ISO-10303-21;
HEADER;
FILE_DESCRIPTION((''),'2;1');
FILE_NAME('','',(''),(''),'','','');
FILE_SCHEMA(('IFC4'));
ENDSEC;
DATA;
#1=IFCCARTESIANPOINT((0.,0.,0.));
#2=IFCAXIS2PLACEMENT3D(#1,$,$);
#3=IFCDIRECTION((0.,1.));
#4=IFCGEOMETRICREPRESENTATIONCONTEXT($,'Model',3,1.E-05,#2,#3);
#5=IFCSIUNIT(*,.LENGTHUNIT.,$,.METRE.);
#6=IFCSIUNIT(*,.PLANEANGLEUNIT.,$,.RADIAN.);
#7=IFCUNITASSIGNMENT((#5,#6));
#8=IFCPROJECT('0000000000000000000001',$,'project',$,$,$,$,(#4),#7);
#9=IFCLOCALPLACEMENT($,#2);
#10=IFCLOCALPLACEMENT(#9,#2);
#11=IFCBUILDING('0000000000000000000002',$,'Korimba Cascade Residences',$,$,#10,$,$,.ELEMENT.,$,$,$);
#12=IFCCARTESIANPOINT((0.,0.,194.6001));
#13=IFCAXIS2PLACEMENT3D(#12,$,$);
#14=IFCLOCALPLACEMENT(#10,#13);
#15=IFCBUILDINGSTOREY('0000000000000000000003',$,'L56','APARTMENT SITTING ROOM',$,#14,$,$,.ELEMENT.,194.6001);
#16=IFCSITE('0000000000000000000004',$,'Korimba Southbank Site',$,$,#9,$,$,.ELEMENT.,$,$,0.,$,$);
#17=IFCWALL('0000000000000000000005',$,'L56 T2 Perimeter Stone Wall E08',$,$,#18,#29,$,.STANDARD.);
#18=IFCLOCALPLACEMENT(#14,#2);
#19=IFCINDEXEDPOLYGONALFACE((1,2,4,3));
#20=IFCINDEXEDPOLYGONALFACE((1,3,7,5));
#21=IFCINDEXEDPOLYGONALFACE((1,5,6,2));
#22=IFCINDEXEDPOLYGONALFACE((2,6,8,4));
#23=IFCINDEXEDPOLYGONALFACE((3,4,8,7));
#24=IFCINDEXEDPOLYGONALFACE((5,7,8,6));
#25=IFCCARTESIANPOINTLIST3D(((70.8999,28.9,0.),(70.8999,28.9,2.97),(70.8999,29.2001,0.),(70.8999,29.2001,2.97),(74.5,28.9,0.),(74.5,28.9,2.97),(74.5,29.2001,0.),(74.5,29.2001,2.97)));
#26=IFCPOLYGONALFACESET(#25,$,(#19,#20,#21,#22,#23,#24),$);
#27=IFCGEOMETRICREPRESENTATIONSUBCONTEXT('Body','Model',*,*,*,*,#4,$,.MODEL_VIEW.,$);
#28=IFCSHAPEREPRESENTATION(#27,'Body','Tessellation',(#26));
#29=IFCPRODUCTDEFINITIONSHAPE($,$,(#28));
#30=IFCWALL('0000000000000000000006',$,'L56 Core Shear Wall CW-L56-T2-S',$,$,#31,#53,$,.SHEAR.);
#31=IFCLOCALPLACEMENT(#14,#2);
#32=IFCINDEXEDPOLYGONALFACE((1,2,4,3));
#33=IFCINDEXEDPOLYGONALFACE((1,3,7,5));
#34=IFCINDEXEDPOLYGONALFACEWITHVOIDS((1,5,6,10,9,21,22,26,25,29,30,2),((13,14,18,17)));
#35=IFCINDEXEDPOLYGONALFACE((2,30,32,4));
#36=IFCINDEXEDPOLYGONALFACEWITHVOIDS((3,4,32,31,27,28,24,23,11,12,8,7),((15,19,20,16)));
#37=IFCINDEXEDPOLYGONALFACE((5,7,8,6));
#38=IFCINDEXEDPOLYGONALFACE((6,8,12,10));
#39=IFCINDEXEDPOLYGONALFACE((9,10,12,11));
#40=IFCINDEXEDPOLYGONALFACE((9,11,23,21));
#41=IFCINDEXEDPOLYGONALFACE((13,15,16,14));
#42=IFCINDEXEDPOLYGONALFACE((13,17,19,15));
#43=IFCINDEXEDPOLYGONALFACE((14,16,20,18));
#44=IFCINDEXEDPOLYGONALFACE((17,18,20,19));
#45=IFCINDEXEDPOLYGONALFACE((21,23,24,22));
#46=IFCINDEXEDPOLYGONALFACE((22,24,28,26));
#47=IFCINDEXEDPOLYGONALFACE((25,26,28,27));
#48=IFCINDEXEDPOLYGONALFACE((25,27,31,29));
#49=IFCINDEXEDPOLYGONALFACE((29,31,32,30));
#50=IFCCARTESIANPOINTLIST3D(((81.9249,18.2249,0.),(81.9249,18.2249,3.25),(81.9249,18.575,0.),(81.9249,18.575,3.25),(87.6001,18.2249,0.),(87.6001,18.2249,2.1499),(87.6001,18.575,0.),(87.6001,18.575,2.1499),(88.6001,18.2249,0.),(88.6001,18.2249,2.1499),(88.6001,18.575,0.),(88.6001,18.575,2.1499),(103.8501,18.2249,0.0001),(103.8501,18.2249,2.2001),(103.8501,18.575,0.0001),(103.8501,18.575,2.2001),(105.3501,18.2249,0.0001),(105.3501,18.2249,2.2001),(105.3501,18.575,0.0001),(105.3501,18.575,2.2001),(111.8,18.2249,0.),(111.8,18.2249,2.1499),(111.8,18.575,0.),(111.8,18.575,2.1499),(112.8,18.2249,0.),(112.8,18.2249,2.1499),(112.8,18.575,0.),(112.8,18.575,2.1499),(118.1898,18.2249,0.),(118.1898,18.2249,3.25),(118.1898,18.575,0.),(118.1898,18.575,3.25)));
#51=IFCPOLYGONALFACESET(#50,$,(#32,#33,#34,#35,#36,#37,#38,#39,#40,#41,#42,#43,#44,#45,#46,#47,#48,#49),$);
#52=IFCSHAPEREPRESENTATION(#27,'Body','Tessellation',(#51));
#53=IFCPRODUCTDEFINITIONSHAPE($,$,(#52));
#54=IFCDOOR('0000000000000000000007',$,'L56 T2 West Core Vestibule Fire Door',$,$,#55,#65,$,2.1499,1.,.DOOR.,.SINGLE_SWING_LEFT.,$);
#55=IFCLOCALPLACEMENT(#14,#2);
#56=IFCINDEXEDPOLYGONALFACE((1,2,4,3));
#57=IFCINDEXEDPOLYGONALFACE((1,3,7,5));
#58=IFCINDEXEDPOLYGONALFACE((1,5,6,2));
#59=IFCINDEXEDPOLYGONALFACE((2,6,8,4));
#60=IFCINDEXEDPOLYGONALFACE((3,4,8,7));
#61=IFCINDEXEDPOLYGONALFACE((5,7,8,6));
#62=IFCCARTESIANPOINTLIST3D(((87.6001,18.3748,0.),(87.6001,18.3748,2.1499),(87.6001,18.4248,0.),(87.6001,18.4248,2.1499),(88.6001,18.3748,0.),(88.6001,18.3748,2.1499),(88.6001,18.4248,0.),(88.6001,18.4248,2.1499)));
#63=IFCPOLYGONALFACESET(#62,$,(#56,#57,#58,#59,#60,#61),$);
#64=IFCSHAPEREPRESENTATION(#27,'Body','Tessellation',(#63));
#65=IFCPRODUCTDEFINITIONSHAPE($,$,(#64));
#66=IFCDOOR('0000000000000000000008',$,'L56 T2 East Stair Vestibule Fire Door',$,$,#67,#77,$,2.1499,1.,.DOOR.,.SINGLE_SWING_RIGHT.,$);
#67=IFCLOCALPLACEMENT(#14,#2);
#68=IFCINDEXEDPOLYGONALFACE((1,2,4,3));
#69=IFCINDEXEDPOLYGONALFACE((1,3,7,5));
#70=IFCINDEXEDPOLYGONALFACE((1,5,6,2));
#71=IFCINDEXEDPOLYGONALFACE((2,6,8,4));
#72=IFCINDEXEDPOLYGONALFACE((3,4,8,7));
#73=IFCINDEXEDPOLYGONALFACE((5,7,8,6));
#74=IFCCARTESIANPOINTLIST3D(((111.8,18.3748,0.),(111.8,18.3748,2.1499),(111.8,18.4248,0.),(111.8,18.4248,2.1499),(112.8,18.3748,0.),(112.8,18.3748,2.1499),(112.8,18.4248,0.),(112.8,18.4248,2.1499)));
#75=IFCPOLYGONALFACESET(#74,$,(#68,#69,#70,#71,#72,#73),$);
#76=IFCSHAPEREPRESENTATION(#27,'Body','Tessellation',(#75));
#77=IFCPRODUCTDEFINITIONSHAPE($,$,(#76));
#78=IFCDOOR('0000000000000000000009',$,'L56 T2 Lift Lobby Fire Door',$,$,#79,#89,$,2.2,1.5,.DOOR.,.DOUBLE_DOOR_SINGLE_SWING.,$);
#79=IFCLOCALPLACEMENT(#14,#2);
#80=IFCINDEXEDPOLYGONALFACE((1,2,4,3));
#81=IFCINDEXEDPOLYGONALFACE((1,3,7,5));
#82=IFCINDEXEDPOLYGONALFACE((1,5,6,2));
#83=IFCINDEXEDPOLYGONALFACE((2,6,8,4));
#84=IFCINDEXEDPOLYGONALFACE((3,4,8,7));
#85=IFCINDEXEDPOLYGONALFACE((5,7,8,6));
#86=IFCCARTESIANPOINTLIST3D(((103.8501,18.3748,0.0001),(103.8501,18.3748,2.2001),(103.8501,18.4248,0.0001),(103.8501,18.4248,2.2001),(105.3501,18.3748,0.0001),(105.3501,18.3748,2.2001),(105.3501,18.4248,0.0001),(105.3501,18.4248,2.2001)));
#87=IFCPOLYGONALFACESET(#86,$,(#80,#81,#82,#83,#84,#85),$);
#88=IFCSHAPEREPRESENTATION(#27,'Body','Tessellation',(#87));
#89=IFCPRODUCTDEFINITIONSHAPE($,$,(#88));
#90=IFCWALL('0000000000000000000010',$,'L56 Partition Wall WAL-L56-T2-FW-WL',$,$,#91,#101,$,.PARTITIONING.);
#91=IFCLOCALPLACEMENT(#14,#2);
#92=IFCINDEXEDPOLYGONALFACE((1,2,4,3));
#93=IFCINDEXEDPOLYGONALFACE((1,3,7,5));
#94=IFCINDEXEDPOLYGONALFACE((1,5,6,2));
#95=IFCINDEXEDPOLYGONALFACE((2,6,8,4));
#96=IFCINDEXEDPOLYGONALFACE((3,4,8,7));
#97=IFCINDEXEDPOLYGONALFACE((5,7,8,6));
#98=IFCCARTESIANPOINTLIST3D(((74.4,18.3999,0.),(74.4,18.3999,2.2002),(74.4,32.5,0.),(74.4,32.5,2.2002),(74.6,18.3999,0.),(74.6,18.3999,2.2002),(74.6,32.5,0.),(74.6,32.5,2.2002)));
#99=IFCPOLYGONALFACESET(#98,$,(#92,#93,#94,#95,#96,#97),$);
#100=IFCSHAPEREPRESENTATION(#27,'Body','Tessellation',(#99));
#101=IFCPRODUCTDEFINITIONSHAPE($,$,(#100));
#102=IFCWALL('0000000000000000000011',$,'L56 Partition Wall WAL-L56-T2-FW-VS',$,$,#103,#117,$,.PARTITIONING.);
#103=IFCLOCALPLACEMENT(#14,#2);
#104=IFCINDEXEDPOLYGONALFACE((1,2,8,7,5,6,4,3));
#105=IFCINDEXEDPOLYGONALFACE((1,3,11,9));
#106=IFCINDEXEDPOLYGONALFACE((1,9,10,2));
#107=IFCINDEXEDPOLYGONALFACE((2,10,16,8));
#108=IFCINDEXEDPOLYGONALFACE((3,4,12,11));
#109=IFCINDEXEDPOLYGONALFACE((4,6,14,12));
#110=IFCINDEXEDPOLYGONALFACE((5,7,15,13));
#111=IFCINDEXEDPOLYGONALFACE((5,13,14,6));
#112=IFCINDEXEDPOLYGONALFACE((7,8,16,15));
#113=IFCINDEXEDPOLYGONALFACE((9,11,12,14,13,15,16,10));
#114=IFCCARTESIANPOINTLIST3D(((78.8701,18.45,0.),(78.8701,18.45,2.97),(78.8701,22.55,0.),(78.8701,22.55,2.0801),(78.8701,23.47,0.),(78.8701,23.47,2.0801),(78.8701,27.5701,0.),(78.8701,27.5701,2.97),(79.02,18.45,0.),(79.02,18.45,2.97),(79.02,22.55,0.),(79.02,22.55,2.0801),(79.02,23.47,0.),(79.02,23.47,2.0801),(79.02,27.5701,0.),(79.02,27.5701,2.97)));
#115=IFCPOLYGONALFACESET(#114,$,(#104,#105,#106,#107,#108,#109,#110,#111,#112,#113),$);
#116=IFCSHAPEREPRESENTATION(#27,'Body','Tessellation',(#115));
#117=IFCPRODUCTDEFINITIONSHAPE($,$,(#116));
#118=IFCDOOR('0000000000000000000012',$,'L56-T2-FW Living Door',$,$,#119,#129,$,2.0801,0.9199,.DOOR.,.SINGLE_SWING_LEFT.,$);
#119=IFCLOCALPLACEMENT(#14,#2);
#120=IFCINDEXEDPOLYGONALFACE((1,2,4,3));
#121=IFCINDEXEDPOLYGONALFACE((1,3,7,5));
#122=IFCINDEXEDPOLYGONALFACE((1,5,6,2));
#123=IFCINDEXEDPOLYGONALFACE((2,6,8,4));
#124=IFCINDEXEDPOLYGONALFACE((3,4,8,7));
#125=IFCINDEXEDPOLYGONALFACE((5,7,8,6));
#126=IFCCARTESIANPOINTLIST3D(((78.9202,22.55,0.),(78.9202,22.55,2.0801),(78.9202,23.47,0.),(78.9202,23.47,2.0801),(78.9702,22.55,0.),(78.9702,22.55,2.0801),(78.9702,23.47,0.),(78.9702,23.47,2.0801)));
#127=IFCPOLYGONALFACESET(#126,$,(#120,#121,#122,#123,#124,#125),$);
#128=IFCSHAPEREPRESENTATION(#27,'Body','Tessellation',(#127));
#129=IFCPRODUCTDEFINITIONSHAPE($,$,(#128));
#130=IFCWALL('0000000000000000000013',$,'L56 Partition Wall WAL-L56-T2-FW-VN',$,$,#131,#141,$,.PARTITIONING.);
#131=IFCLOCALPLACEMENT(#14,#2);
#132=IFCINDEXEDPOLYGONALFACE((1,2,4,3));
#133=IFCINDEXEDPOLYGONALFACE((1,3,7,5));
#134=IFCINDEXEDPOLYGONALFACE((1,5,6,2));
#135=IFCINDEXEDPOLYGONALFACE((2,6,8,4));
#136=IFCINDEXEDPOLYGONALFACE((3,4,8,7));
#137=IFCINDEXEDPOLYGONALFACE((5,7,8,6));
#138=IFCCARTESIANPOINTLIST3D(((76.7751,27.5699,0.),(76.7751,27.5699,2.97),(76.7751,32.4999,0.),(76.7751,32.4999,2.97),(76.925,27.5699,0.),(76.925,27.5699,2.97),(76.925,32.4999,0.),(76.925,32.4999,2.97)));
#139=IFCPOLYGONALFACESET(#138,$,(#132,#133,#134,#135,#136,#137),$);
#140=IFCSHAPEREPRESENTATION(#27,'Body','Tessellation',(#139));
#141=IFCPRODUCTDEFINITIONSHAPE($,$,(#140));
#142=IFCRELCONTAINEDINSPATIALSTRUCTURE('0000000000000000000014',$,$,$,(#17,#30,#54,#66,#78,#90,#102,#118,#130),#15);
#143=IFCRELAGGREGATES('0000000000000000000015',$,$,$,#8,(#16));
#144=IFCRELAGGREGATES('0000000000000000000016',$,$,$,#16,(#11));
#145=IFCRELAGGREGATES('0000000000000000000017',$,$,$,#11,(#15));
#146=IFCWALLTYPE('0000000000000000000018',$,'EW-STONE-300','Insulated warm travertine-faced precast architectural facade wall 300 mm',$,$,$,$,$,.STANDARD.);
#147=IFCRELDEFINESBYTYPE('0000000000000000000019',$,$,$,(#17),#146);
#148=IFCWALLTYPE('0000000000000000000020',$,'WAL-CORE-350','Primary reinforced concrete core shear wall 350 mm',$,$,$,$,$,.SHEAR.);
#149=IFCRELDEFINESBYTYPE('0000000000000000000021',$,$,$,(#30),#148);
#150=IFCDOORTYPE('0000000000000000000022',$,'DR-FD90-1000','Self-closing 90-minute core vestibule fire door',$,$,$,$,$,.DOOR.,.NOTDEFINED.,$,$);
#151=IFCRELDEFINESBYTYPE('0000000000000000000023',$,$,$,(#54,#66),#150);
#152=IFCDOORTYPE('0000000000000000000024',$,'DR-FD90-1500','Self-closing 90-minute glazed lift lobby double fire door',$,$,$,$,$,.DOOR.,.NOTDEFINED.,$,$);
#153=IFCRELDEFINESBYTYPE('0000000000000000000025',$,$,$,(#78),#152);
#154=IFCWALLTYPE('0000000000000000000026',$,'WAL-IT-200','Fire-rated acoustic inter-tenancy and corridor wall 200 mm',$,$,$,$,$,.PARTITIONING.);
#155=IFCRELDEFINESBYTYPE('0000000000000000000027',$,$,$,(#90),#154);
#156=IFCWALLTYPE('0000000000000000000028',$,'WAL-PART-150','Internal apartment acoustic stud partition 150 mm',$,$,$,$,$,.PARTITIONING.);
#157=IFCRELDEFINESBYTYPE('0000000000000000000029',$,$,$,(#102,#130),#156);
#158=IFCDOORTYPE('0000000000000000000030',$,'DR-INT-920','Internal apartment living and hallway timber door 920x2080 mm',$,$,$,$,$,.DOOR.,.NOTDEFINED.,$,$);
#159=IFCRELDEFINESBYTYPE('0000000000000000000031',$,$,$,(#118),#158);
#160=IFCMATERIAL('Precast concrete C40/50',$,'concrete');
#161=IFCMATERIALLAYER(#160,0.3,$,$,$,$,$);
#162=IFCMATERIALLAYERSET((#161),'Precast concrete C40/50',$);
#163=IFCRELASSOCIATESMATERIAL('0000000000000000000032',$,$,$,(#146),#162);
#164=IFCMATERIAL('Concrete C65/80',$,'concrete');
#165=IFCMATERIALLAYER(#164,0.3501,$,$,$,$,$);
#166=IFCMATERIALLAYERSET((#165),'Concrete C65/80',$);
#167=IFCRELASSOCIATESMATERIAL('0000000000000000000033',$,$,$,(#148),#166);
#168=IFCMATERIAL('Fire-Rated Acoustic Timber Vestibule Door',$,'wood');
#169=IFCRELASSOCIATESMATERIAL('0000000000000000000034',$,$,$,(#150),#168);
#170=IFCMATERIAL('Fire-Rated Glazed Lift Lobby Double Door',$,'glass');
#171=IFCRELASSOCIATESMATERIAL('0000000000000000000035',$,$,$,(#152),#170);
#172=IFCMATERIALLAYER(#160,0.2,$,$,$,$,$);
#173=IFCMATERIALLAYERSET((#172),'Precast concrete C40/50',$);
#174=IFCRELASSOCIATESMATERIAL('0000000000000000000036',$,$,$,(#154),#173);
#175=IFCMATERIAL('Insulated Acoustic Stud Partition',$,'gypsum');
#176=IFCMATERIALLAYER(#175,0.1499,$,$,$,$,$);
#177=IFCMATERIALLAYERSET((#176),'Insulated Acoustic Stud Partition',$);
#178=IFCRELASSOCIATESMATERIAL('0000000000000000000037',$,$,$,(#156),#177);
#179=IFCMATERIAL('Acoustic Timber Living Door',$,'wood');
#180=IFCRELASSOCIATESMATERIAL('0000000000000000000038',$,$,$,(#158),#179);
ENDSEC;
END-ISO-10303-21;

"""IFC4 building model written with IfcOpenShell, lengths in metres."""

from ifc_helpers import new_model, si_unit, direction, frame, frame_2d, origin, place, context, subcontext, project, spatial, rectangle, extrude, material, layer, layer_set, type_object, element, fill, save


model = new_model("IFC4")

# Units and contexts
model_context = context("Model", 3, precision=1e-05, world=origin(), true_north=direction((0.0, 1.0)))
body_context = subcontext(model_context, "Body", "Model", "MODEL_VIEW")
ifc_project = project(units=[si_unit("LENGTHUNIT", "METRE"), si_unit("PLANEANGLEUNIT", "RADIAN")], contexts=[model_context])

# Site, building, storey
site_placement = place(None, origin())
site = spatial("IfcSite", under=ifc_project, at=site_placement, Name="Korimba Southbank Site", CompositionType="ELEMENT", RefElevation=0.0)
building_placement = place(site_placement, origin())
building = spatial("IfcBuilding", under=site, at=building_placement, Name="Korimba Cascade Residences", CompositionType="ELEMENT")
storey_placement = place(building_placement, frame((0.0, 0.0, 194.6001)))
storey = spatial("IfcBuildingStorey", under=building, at=storey_placement, Name="L56", Description="APARTMENT SITTING ROOM", CompositionType="ELEMENT", Elevation=194.6001)

# Wall
ifc_material_1 = material(Name="Precast concrete C40/50", Category="concrete")
ifc_layer_1 = layer(ifc_material_1, 0.3)
ifc_layer_set_1 = layer_set([ifc_layer_1], Name="Precast concrete C40/50")
wall_type_1 = type_object("IfcWallType", Name="EW-STONE-300", Description="Insulated warm travertine-faced precast architectural facade wall 300 mm", PredefinedType="STANDARD", material=ifc_layer_set_1)
wall_1_placement = place(storey_placement, frame((74.5, 29.05, 0.0), z_axis=(0.0, 0.0, 1.0), x_axis=(-1.0, 0.0, 0.0)))
element("IfcWall", 1, at=wall_1_placement, inside=storey, type_object=wall_type_1, Name="L56 T2 Perimeter Stone Wall E08", PredefinedType="STANDARD", context=body_context, shape_type="SweptSolid", body=[
    extrude(rectangle(XDim=3.6001, YDim=0.3, at=frame_2d((1.8, 0.0))), origin(), (0.0, 0.0, 1.0), 2.97),
])

# Wall, openings, doors
ifc_material_2 = material(Name="Concrete C65/80", Category="concrete")
ifc_layer_2 = layer(ifc_material_2, 0.3501)
ifc_layer_set_2 = layer_set([ifc_layer_2], Name="Concrete C65/80")
wall_type_2 = type_object("IfcWallType", Name="WAL-CORE-350", Description="Primary reinforced concrete core shear wall 350 mm", PredefinedType="SHEAR", material=ifc_layer_set_2)
wall_2_placement = place(storey_placement, frame((81.925, 18.3999, 0.0), z_axis=(0.0, 0.0, 1.0), x_axis=(1.0, 0.0, 0.0)))
wall_2 = element("IfcWall", 2, at=wall_2_placement, inside=storey, type_object=wall_type_2, Name="L56 Core Shear Wall CW-L56-T2-S", PredefinedType="SHEAR", context=body_context, shape_type="SweptSolid", body=[
    extrude(rectangle(XDim=36.2649, YDim=0.3501, at=frame_2d((18.1323, 0.0))), origin(), (0.0, 0.0, 1.0), 3.25),
])
opening_1_placement = place(wall_2_placement, frame((5.675, 0.0, 0.0)))
opening_1 = element("IfcOpeningElement", 3, at=opening_1_placement, cuts=wall_2, PredefinedType="OPENING", context=body_context, shape_type="SweptSolid", body=[
    extrude(rectangle(XDim=1.0, YDim=2.1499, at=frame_2d((0.5, 1.075))), frame((0.0, 0.1851, 0.0), z_axis=(0.0, -1.0, 0.0), x_axis=(1.0, 0.0, 0.0)), (0.0, 0.0, 1.0), 0.3701),
])
opening_2_placement = place(wall_2_placement, frame((21.925, 0.0, 0.0)))
opening_2 = element("IfcOpeningElement", 4, at=opening_2_placement, cuts=wall_2, PredefinedType="OPENING", context=body_context, shape_type="SweptSolid", body=[
    extrude(rectangle(XDim=1.5, YDim=2.2, at=frame_2d((0.75, 1.1001))), frame((0.0, 0.1851, 0.0), z_axis=(0.0, -1.0, 0.0), x_axis=(1.0, 0.0, 0.0)), (0.0, 0.0, 1.0), 0.3701),
])
opening_3_placement = place(wall_2_placement, frame((29.875, 0.0, 0.0)))
opening_3 = element("IfcOpeningElement", 5, at=opening_3_placement, cuts=wall_2, PredefinedType="OPENING", context=body_context, shape_type="SweptSolid", body=[
    extrude(rectangle(XDim=1.0, YDim=2.1499, at=frame_2d((0.5, 1.075))), frame((0.0, 0.1851, 0.0), z_axis=(0.0, -1.0, 0.0), x_axis=(1.0, 0.0, 0.0)), (0.0, 0.0, 1.0), 0.3701),
])
ifc_material_3 = material(Name="Fire-Rated Acoustic Timber Vestibule Door", Category="wood")
door_type_1 = type_object("IfcDoorType", Name="DR-FD90-1000", Description="Self-closing 90-minute core vestibule fire door", OperationType="NOTDEFINED", PredefinedType="DOOR", material=ifc_material_3)
door_1_placement = place(opening_1_placement, origin())
door_1 = element("IfcDoor", 6, at=door_1_placement, inside=storey, type_object=door_type_1, Name="L56 T2 West Core Vestibule Fire Door", OperationType="SINGLE_SWING_LEFT", OverallHeight=2.1499, OverallWidth=1.0, PredefinedType="DOOR", context=body_context, shape_type="SweptSolid", body=[
    extrude(rectangle(XDim=1.0, YDim=2.1499, at=frame_2d((0.5, 1.075))), frame((0.0, 0.0249, 0.0), z_axis=(0.0, -1.0, 0.0), x_axis=(1.0, 0.0, 0.0)), (0.0, 0.0, 1.0), 0.05),
])
fill(opening_1, door_1)
door_2_placement = place(opening_3_placement, origin())
door_2 = element("IfcDoor", 7, at=door_2_placement, inside=storey, type_object=door_type_1, Name="L56 T2 East Stair Vestibule Fire Door", OperationType="SINGLE_SWING_RIGHT", OverallHeight=2.1499, OverallWidth=1.0, PredefinedType="DOOR", context=body_context, shape_type="SweptSolid", body=[
    extrude(rectangle(XDim=1.0, YDim=2.1499, at=frame_2d((0.5, 1.075))), frame((0.0, 0.0249, 0.0), z_axis=(0.0, -1.0, 0.0), x_axis=(1.0, 0.0, 0.0)), (0.0, 0.0, 1.0), 0.05),
])
fill(opening_3, door_2)
ifc_material_4 = material(Name="Fire-Rated Glazed Lift Lobby Double Door", Category="glass")
door_type_2 = type_object("IfcDoorType", Name="DR-FD90-1500", Description="Self-closing 90-minute glazed lift lobby double fire door", OperationType="NOTDEFINED", PredefinedType="DOOR", material=ifc_material_4)
door_3_placement = place(opening_2_placement, origin())
door_3 = element("IfcDoor", 8, at=door_3_placement, inside=storey, type_object=door_type_2, Name="L56 T2 Lift Lobby Fire Door", OperationType="DOUBLE_DOOR_SINGLE_SWING", OverallHeight=2.2, OverallWidth=1.5, PredefinedType="DOOR", context=body_context, shape_type="SweptSolid", body=[
    extrude(rectangle(XDim=1.5, YDim=2.2, at=frame_2d((0.75, 1.1001))), frame((0.0, 0.0249, 0.0), z_axis=(0.0, -1.0, 0.0), x_axis=(1.0, 0.0, 0.0)), (0.0, 0.0, 1.0), 0.05),
])
fill(opening_2, door_3)

# Wall
ifc_layer_3 = layer(ifc_material_1, 0.2)
ifc_layer_set_3 = layer_set([ifc_layer_3], Name="Precast concrete C40/50")
wall_type_3 = type_object("IfcWallType", Name="WAL-IT-200", Description="Fire-rated acoustic inter-tenancy and corridor wall 200 mm", PredefinedType="PARTITIONING", material=ifc_layer_set_3)
wall_3_placement = place(storey_placement, frame((74.5, 18.3999, 0.0), z_axis=(0.0, 0.0, 1.0), x_axis=(0.0, 1.0, 0.0)))
element("IfcWall", 9, at=wall_3_placement, inside=storey, type_object=wall_type_3, Name="L56 Partition Wall WAL-L56-T2-FW-WL", PredefinedType="PARTITIONING", context=body_context, shape_type="SweptSolid", body=[
    extrude(rectangle(XDim=14.1001, YDim=0.2, at=frame_2d((7.05, 0.0))), origin(), (0.0, 0.0, 1.0), 2.2002),
])

# Wall, opening, door
ifc_material_5 = material(Name="Insulated Acoustic Stud Partition", Category="gypsum")
ifc_layer_4 = layer(ifc_material_5, 0.1499)
ifc_layer_set_4 = layer_set([ifc_layer_4], Name="Insulated Acoustic Stud Partition")
wall_type_4 = type_object("IfcWallType", Name="WAL-PART-150", Description="Internal apartment acoustic stud partition 150 mm", PredefinedType="PARTITIONING", material=ifc_layer_set_4)
wall_4_placement = place(storey_placement, frame((78.9451, 18.45, 0.0), z_axis=(0.0, 0.0, 1.0), x_axis=(0.0, 1.0, 0.0)))
wall_4 = element("IfcWall", 10, at=wall_4_placement, inside=storey, type_object=wall_type_4, Name="L56 Partition Wall WAL-L56-T2-FW-VS", PredefinedType="PARTITIONING", context=body_context, shape_type="SweptSolid", body=[
    extrude(rectangle(XDim=9.1201, YDim=0.1499, at=frame_2d((4.5601, 0.0))), origin(), (0.0, 0.0, 1.0), 2.97),
])
opening_4_placement = place(wall_4_placement, frame((4.1001, 0.0, 0.0)))
opening_4 = element("IfcOpeningElement", 11, at=opening_4_placement, cuts=wall_4, PredefinedType="OPENING", context=body_context, shape_type="SweptSolid", body=[
    extrude(rectangle(XDim=0.9199, YDim=2.0801, at=frame_2d((0.46, 1.04))), frame((0.0, 0.085, 0.0), z_axis=(0.0, -1.0, 0.0), x_axis=(1.0, 0.0, 0.0)), (0.0, 0.0, 1.0), 0.1699),
])
ifc_material_6 = material(Name="Acoustic Timber Living Door", Category="wood")
door_type_3 = type_object("IfcDoorType", Name="DR-INT-920", Description="Internal apartment living and hallway timber door 920x2080 mm", OperationType="NOTDEFINED", PredefinedType="DOOR", material=ifc_material_6)
door_4_placement = place(opening_4_placement, origin())
door_4 = element("IfcDoor", 12, at=door_4_placement, inside=storey, type_object=door_type_3, Name="L56-T2-FW Living Door", OperationType="SINGLE_SWING_LEFT", OverallHeight=2.0801, OverallWidth=0.9199, PredefinedType="DOOR", context=body_context, shape_type="SweptSolid", body=[
    extrude(rectangle(XDim=0.9199, YDim=2.0801, at=frame_2d((0.46, 1.04))), frame((0.0, 0.0249, 0.0), z_axis=(0.0, -1.0, 0.0), x_axis=(1.0, 0.0, 0.0)), (0.0, 0.0, 1.0), 0.05),
])
fill(opening_4, door_4)

# Wall
wall_5_placement = place(storey_placement, frame((76.8501, 27.5701, 0.0), z_axis=(0.0, 0.0, 1.0), x_axis=(0.0, 1.0, 0.0)))
element("IfcWall", 13, at=wall_5_placement, inside=storey, type_object=wall_type_4, Name="L56 Partition Wall WAL-L56-T2-FW-VN", PredefinedType="PARTITIONING", context=body_context, shape_type="SweptSolid", body=[
    extrude(rectangle(XDim=4.9299, YDim=0.1499, at=frame_2d((2.4648, 0.0))), origin(), (0.0, 0.0, 1.0), 2.97),
])

save(model, "model.ifc")
